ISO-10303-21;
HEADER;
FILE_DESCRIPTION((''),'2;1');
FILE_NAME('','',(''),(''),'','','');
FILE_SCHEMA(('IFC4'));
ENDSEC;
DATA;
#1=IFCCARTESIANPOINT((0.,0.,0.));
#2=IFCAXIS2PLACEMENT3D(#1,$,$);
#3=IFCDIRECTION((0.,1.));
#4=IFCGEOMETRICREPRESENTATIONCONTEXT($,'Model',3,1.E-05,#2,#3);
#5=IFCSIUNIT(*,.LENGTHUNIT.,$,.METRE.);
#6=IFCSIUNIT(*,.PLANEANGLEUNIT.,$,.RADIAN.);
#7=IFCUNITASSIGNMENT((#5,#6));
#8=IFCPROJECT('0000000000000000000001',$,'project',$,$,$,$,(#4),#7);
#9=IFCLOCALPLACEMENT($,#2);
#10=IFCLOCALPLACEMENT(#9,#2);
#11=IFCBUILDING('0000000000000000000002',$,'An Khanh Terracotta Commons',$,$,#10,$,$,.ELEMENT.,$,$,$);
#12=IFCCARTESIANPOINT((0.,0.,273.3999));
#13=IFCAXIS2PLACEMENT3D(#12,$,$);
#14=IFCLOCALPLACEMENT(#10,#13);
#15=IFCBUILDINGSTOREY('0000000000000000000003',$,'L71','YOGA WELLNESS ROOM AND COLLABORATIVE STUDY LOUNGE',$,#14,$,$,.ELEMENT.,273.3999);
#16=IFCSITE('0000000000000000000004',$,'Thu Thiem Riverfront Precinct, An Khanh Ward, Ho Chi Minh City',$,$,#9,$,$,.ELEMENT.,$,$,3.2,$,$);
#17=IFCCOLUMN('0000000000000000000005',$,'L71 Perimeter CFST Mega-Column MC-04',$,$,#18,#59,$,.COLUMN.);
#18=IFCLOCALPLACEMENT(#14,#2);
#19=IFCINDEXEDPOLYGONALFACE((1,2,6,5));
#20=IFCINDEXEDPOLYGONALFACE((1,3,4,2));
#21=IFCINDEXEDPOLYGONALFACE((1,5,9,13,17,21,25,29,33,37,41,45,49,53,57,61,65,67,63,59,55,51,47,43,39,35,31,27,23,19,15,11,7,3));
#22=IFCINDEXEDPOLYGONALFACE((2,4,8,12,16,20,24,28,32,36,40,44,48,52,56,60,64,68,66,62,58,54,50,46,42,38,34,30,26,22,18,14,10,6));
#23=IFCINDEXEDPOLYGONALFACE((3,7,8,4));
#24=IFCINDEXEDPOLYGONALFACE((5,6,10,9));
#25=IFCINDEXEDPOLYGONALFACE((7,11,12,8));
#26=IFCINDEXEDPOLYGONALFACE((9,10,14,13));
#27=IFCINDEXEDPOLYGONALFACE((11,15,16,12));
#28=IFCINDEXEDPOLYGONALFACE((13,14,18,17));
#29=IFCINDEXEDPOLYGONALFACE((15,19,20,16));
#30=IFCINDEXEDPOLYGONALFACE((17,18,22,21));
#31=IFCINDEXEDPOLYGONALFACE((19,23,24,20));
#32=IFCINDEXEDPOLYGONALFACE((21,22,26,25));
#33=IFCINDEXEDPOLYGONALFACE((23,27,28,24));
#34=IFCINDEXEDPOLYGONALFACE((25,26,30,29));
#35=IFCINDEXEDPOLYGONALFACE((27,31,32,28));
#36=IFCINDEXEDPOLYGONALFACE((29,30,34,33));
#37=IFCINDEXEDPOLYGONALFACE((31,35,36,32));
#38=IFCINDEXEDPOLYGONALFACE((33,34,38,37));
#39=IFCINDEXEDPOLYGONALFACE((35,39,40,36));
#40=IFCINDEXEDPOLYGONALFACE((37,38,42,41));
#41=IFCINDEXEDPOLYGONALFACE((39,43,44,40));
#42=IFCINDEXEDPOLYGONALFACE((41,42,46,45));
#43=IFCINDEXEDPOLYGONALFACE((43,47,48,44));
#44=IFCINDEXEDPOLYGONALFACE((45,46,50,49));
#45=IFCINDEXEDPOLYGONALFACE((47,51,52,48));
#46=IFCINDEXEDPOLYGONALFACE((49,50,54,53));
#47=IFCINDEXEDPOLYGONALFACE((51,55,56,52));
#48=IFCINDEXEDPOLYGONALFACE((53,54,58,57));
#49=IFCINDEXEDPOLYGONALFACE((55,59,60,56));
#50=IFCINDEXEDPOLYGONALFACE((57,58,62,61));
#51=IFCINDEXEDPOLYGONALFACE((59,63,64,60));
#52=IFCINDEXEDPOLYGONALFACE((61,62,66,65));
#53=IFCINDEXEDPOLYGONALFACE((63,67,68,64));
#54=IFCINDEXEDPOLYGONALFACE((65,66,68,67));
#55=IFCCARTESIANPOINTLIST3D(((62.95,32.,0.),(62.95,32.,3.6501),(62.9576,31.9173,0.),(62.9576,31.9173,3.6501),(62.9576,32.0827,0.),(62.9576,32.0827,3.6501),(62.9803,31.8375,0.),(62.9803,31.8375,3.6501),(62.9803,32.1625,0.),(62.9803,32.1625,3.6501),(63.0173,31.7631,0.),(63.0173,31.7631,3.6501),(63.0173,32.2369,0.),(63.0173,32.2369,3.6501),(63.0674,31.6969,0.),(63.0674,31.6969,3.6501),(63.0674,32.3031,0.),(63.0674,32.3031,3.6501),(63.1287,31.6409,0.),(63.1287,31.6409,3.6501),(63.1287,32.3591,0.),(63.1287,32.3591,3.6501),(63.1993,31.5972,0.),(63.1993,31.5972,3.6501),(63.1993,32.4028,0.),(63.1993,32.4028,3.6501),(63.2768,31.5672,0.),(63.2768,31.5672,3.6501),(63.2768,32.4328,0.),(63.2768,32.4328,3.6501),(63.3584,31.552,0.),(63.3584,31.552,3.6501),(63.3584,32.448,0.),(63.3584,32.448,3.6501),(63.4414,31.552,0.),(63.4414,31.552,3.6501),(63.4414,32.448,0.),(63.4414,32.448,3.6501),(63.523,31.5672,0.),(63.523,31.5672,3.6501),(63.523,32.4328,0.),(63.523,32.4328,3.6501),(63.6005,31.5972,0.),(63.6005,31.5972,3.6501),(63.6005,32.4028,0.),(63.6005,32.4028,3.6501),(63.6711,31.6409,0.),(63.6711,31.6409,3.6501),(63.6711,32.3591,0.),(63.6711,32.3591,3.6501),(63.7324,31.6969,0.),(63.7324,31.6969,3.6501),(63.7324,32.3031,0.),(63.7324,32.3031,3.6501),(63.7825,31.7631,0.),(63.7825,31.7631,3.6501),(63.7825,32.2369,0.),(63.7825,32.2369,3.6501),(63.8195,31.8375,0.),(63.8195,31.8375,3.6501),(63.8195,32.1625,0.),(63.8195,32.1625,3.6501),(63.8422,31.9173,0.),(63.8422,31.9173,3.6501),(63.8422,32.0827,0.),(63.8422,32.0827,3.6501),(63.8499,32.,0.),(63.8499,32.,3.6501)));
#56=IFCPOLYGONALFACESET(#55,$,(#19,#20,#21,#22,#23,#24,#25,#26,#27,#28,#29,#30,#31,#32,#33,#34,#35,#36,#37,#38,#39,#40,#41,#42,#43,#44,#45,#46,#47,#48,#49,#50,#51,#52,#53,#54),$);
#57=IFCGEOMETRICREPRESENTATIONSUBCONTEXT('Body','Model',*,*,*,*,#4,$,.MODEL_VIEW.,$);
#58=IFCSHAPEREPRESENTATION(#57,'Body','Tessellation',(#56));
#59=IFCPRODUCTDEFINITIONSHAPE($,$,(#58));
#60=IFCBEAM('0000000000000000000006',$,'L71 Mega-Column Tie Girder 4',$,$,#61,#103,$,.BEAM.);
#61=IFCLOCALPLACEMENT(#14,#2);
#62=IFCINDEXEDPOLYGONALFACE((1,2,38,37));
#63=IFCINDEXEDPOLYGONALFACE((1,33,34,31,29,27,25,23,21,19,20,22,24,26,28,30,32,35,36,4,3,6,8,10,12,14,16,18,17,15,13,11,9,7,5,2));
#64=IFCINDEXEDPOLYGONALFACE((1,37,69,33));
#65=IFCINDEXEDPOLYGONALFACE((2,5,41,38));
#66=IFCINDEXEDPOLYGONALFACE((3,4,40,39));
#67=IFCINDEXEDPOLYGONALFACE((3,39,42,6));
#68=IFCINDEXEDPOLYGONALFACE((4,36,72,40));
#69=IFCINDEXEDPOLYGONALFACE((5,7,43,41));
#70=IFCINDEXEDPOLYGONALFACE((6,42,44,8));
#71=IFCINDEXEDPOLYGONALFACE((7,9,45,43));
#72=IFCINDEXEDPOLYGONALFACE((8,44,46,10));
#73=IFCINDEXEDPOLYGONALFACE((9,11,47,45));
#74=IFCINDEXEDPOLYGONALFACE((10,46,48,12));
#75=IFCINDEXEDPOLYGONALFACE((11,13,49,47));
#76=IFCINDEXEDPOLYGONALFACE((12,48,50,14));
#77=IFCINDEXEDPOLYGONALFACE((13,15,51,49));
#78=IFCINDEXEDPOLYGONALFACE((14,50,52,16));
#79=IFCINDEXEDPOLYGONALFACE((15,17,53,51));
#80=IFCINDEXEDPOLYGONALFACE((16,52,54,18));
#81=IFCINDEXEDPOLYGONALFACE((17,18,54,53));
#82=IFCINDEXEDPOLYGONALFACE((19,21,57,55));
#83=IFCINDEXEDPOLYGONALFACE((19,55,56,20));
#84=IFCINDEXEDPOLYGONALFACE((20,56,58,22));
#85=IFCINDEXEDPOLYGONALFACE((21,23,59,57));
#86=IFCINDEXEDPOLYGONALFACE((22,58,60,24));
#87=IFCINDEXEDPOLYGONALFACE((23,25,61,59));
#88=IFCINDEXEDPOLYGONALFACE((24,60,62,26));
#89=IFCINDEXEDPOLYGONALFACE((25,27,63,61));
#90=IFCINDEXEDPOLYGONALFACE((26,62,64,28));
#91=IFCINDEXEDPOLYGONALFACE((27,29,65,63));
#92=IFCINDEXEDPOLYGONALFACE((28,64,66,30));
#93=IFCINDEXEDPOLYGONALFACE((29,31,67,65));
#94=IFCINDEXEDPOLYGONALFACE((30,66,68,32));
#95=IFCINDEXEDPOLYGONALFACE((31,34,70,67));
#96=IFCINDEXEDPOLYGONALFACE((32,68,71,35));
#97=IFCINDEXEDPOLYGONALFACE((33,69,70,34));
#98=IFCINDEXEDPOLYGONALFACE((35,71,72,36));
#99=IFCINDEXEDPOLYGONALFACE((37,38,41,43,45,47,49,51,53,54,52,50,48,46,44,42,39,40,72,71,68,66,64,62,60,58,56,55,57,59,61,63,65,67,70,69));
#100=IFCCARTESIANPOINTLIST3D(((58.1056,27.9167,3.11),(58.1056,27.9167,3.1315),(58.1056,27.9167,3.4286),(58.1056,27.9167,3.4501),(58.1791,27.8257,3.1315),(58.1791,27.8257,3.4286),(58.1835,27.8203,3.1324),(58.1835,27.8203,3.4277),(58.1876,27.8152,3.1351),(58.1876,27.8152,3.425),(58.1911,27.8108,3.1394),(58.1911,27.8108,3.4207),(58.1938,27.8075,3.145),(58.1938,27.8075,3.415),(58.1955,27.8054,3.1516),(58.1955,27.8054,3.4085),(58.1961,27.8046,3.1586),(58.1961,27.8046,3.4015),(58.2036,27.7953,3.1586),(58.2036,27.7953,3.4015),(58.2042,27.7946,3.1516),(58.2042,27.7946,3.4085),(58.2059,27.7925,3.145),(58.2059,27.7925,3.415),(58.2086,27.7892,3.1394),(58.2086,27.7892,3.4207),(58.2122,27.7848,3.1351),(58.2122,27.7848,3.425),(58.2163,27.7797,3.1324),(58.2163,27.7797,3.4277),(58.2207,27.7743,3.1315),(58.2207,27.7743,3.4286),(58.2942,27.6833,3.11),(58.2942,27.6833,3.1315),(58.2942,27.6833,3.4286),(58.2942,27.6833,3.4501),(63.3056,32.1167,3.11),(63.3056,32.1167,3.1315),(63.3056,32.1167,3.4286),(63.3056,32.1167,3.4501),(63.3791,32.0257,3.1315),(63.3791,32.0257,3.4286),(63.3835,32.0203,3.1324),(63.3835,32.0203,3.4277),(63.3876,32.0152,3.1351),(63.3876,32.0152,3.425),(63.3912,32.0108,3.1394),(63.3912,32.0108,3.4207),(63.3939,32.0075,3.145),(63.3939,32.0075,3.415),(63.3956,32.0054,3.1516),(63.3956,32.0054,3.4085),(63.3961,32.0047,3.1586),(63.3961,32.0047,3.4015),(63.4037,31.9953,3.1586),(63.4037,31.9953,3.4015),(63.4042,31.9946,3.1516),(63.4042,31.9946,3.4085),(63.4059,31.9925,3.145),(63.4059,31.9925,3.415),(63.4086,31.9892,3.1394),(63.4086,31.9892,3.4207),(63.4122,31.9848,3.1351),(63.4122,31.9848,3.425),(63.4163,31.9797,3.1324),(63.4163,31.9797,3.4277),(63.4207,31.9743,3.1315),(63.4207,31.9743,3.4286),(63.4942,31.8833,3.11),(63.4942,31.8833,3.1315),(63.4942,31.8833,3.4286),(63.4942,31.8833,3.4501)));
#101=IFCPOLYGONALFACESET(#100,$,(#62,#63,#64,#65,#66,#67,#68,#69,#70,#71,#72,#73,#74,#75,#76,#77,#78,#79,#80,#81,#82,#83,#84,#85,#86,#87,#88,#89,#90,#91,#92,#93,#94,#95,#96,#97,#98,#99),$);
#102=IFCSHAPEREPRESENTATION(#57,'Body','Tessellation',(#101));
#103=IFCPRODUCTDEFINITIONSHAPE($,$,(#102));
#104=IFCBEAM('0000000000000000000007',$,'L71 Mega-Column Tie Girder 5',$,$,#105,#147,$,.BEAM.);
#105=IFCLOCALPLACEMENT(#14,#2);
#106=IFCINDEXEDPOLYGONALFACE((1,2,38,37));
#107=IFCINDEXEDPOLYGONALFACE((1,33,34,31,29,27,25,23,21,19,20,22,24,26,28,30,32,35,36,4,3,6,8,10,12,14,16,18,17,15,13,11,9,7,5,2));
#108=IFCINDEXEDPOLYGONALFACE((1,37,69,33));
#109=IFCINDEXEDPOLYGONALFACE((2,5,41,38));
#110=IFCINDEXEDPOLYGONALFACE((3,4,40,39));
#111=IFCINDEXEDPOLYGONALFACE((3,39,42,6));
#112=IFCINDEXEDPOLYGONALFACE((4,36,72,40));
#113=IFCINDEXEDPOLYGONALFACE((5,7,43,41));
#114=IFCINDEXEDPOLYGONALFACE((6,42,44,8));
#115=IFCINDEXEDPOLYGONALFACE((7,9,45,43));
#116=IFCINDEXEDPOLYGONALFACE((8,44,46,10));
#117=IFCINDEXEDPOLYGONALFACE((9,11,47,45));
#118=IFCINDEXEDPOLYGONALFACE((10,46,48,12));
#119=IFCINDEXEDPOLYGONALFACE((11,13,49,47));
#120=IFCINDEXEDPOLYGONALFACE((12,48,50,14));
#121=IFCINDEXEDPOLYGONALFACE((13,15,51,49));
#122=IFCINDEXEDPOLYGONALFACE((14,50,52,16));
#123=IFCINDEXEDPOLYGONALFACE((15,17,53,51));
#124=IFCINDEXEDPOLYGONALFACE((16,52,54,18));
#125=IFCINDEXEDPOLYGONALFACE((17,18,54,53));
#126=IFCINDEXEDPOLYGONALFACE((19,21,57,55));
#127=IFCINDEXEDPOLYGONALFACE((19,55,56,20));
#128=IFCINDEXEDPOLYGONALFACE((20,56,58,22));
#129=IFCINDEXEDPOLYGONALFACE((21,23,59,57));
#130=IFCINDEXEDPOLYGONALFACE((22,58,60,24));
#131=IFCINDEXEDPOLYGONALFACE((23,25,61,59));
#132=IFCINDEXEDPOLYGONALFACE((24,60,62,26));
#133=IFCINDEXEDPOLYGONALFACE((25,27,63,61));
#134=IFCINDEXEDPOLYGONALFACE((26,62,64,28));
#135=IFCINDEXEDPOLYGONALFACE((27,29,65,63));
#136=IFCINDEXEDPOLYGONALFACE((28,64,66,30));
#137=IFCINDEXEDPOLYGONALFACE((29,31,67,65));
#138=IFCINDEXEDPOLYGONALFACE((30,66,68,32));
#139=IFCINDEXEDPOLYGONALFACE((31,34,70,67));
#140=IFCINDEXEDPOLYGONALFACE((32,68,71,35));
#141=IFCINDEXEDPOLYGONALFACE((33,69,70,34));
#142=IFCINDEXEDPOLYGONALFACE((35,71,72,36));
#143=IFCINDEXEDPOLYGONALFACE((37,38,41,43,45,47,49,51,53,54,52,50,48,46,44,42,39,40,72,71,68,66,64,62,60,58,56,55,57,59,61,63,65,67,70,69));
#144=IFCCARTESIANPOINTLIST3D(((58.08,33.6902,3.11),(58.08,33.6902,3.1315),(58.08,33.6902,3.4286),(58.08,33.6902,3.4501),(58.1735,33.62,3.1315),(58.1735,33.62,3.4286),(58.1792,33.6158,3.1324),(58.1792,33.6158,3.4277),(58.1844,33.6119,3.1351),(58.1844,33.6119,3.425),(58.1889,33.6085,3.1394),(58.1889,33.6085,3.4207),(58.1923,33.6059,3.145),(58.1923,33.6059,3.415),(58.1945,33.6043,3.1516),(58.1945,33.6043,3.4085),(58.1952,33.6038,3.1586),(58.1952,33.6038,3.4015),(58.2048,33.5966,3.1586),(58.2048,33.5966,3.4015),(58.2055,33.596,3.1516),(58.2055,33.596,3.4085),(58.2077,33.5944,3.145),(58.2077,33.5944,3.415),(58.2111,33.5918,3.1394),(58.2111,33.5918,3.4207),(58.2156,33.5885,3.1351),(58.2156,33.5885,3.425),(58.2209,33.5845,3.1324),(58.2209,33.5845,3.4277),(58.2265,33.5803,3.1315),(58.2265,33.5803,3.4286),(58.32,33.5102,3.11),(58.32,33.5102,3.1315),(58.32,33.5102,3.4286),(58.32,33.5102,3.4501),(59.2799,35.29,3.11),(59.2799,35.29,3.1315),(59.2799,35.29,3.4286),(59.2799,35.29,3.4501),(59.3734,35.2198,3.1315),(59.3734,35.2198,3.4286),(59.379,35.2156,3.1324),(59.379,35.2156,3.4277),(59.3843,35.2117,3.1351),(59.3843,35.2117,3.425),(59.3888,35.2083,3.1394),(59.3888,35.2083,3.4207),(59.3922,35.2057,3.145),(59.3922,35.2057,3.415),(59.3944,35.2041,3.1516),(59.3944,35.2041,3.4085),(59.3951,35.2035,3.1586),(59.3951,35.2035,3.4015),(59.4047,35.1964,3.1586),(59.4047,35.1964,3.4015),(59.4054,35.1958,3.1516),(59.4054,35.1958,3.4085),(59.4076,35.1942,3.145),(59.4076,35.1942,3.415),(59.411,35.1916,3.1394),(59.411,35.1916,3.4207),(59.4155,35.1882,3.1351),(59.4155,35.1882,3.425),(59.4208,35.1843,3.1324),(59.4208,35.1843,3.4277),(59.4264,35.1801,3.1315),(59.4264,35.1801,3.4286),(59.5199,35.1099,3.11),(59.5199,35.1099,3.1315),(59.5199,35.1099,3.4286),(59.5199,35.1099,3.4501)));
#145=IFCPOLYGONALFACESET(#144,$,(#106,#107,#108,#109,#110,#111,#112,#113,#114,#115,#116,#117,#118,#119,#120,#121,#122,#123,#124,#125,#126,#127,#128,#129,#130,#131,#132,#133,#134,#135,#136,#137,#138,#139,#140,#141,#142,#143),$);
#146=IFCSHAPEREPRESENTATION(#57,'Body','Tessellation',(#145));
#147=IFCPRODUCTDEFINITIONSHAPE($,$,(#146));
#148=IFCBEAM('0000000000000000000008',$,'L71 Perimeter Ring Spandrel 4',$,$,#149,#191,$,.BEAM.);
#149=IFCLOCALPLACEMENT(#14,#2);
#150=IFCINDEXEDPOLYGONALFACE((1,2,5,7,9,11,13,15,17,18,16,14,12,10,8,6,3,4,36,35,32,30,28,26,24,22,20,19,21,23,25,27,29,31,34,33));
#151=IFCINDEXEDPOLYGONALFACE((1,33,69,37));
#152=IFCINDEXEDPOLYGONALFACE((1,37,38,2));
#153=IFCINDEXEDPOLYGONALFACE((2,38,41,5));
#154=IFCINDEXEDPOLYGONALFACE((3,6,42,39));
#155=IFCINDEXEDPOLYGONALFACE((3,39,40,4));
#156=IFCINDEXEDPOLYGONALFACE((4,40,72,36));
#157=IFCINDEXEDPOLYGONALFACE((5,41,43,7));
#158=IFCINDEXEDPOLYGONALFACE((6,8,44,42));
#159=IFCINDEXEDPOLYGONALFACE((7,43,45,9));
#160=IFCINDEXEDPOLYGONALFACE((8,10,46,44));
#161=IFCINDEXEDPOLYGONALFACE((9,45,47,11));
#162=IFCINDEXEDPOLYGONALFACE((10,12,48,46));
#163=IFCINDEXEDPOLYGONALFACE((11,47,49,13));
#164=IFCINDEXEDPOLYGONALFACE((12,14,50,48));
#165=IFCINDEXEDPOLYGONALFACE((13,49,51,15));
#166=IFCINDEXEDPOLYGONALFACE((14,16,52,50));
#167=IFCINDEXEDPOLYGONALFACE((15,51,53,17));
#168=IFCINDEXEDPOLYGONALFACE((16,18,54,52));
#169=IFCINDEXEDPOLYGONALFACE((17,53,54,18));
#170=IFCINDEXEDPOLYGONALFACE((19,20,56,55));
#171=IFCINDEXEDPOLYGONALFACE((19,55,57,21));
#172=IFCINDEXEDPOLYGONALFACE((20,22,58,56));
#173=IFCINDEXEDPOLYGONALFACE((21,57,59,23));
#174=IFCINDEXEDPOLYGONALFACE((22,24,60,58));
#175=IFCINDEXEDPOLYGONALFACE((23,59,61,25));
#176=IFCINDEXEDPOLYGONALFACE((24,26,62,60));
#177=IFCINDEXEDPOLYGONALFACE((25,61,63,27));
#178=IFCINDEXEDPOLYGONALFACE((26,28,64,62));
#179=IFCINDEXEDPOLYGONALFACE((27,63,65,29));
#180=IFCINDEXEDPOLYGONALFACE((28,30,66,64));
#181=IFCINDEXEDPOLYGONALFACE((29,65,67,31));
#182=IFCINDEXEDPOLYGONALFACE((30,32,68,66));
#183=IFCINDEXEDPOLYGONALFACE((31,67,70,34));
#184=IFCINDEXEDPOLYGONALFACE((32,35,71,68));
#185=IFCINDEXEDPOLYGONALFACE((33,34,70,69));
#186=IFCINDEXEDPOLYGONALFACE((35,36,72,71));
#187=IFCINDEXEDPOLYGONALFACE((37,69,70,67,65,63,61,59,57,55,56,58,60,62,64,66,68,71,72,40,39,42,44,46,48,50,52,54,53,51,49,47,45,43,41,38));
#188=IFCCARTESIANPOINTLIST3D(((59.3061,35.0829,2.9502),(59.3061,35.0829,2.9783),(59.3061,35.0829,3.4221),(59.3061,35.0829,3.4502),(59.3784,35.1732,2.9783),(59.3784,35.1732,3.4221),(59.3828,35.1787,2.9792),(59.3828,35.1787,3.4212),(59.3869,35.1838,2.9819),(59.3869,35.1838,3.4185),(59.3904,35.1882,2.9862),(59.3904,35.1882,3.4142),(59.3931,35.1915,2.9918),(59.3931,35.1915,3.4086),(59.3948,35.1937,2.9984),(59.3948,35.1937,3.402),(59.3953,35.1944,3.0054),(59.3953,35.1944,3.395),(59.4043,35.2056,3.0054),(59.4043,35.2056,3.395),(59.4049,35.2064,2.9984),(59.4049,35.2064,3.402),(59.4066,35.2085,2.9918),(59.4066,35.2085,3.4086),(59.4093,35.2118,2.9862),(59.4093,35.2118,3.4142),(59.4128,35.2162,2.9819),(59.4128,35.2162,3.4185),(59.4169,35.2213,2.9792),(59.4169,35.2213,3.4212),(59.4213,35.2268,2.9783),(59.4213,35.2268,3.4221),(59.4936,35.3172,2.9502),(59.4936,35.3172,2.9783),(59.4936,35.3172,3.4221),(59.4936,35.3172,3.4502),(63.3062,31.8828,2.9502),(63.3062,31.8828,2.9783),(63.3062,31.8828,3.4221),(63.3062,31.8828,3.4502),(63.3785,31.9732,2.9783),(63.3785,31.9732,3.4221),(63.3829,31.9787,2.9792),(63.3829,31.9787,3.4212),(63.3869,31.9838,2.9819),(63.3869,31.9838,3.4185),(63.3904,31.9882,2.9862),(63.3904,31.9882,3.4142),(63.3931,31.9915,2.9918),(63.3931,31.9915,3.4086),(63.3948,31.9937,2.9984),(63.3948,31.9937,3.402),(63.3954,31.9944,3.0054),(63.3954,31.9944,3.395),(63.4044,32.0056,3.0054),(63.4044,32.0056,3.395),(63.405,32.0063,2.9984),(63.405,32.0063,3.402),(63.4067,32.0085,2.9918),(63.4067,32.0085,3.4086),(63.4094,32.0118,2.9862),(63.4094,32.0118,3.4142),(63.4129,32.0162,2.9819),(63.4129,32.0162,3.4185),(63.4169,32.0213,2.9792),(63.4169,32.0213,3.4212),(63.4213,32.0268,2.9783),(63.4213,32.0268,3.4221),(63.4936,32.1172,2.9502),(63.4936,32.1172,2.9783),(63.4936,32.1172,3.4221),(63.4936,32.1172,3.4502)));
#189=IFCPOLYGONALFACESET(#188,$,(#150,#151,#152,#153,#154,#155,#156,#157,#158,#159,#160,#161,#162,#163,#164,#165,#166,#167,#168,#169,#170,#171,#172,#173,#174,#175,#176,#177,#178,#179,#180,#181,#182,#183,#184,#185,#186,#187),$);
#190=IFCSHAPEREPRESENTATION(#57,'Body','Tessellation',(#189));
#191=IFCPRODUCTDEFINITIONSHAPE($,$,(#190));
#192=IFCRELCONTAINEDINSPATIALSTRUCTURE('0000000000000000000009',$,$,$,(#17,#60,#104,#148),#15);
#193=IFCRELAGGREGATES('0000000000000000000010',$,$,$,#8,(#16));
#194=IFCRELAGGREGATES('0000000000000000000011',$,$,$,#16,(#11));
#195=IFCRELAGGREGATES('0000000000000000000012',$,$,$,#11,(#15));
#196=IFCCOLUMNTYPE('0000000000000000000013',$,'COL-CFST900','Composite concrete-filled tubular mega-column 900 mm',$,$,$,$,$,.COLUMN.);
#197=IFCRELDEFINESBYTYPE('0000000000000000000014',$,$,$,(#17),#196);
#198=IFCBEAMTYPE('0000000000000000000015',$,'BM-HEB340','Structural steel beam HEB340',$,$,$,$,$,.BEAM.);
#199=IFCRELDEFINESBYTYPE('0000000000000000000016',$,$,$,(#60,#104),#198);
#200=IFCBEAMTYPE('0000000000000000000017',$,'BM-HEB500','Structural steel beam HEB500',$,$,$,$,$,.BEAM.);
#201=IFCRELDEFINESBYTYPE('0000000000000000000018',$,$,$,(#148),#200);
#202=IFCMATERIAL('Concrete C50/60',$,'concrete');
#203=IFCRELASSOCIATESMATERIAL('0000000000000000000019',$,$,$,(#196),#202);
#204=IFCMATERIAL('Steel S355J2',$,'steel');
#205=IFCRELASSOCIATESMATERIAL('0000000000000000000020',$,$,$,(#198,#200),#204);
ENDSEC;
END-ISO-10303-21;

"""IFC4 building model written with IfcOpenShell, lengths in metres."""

from ifc_helpers import new_model, si_unit, direction, frame, origin, origin_2d, place, context, subcontext, project, spatial, circle, i_section, extrude, material, material_profile, profile_set, type_object, element, save


model = new_model("IFC4")

# Units and contexts
model_context = context("Model", 3, precision=1e-05, world=origin(), true_north=direction((0.0, 1.0)))
body_context = subcontext(model_context, "Body", "Model", "MODEL_VIEW")
ifc_project = project(units=[si_unit("LENGTHUNIT", "METRE"), si_unit("PLANEANGLEUNIT", "RADIAN")], contexts=[model_context])

# Site, building, storey
site_placement = place(None, origin())
site = spatial("IfcSite", under=ifc_project, at=site_placement, Name="Thu Thiem Riverfront Precinct, An Khanh Ward, Ho Chi Minh City", CompositionType="ELEMENT", RefElevation=3.2)
building_placement = place(site_placement, origin())
building = spatial("IfcBuilding", under=site, at=building_placement, Name="An Khanh Terracotta Commons", CompositionType="ELEMENT")
storey_placement = place(building_placement, frame((0.0, 0.0, 273.3999)))
storey = spatial("IfcBuildingStorey", under=building, at=storey_placement, Name="L71", Description="YOGA WELLNESS ROOM AND COLLABORATIVE STUDY LOUNGE", CompositionType="ELEMENT", Elevation=273.3999)

# Column
ifc_material_1 = material(Name="Concrete C50/60", Category="concrete")
ifc_material_profile_1 = material_profile(ifc_material_1, circle(Radius=0.45, at=origin_2d()), Name="CFST900")
ifc_profile_set_1 = profile_set([ifc_material_profile_1], Name="Concrete C50/60")
column_type = type_object("IfcColumnType", Name="COL-CFST900", Description="Composite concrete-filled tubular mega-column 900 mm", PredefinedType="COLUMN", material=ifc_profile_set_1)
column_placement = place(storey_placement, frame((63.3999, 32.0, 0.0), z_axis=(0.0, 0.0, 1.0), x_axis=(1.0, 0.0, 0.0)))
element("IfcColumn", 1, at=column_placement, inside=storey, type_object=column_type, Name="L71 Perimeter CFST Mega-Column MC-04", PredefinedType="COLUMN", context=body_context, shape_type="SweptSolid", body=[
    extrude(circle(Radius=0.45, at=origin_2d()), origin(), (0.0, 0.0, 1.0), 3.6501),
])

# Beams
ifc_material_2 = material(Name="Steel S355J2", Category="steel")
ifc_material_profile_2 = material_profile(ifc_material_2, i_section(OverallWidth=0.3, OverallDepth=0.3401, WebThickness=0.012, FlangeThickness=0.0215, FilletRadius=0.0271, at=origin_2d()), Name="HEB340")
ifc_profile_set_2 = profile_set([ifc_material_profile_2], Name="Steel S355J2")
beam_type_1 = type_object("IfcBeamType", Name="BM-HEB340", Description="Structural steel beam HEB340", PredefinedType="BEAM", material=ifc_profile_set_2)
beam_1_placement = place(storey_placement, frame((63.3999, 32.0, 3.28), z_axis=(-0.777942, -0.628336, 0.0), x_axis=(0.628336, -0.777942, 0.0)))
element("IfcBeam", 2, at=beam_1_placement, inside=storey, type_object=beam_type_1, Name="L71 Mega-Column Tie Girder 4", PredefinedType="BEAM", context=body_context, shape_type="SweptSolid", body=[
    extrude(i_section(OverallWidth=0.3, OverallDepth=0.3401, WebThickness=0.012, FlangeThickness=0.0215, FilletRadius=0.0271, at=origin_2d()), origin(), (0.0, 0.0, 1.0), 6.6843),
])
beam_2_placement = place(storey_placement, frame((59.3999, 35.2, 3.28), z_axis=(-0.60002, -0.799985, 0.0), x_axis=(0.799985, -0.60002, 0.0)))
element("IfcBeam", 3, at=beam_2_placement, inside=storey, type_object=beam_type_1, Name="L71 Mega-Column Tie Girder 5", PredefinedType="BEAM", context=body_context, shape_type="SweptSolid", body=[
    extrude(i_section(OverallWidth=0.3, OverallDepth=0.3401, WebThickness=0.012, FlangeThickness=0.0215, FilletRadius=0.0271, at=origin_2d()), origin(), (0.0, 0.0, 1.0), 1.9998),
])
ifc_material_profile_3 = material_profile(ifc_material_2, i_section(OverallWidth=0.3, OverallDepth=0.5, WebThickness=0.0144, FlangeThickness=0.0281, FilletRadius=0.0271, at=origin_2d()), Name="HEB500")
ifc_profile_set_3 = profile_set([ifc_material_profile_3], Name="Steel S355J2")
beam_type_2 = type_object("IfcBeamType", Name="BM-HEB500", Description="Structural steel beam HEB500", PredefinedType="BEAM", material=ifc_profile_set_3)
beam_3_placement = place(storey_placement, frame((63.3999, 32.0, 3.2002), z_axis=(-0.780873, 0.624689, 0.0), x_axis=(-0.624689, -0.780873, 0.0)))
element("IfcBeam", 4, at=beam_3_placement, inside=storey, type_object=beam_type_2, Name="L71 Perimeter Ring Spandrel 4", PredefinedType="BEAM", context=body_context, shape_type="SweptSolid", body=[
    extrude(i_section(OverallWidth=0.3, OverallDepth=0.5, WebThickness=0.0144, FlangeThickness=0.0281, FilletRadius=0.0271, at=origin_2d()), origin(), (0.0, 0.0, 1.0), 5.1226),
])

save(model, "model.ifc")
